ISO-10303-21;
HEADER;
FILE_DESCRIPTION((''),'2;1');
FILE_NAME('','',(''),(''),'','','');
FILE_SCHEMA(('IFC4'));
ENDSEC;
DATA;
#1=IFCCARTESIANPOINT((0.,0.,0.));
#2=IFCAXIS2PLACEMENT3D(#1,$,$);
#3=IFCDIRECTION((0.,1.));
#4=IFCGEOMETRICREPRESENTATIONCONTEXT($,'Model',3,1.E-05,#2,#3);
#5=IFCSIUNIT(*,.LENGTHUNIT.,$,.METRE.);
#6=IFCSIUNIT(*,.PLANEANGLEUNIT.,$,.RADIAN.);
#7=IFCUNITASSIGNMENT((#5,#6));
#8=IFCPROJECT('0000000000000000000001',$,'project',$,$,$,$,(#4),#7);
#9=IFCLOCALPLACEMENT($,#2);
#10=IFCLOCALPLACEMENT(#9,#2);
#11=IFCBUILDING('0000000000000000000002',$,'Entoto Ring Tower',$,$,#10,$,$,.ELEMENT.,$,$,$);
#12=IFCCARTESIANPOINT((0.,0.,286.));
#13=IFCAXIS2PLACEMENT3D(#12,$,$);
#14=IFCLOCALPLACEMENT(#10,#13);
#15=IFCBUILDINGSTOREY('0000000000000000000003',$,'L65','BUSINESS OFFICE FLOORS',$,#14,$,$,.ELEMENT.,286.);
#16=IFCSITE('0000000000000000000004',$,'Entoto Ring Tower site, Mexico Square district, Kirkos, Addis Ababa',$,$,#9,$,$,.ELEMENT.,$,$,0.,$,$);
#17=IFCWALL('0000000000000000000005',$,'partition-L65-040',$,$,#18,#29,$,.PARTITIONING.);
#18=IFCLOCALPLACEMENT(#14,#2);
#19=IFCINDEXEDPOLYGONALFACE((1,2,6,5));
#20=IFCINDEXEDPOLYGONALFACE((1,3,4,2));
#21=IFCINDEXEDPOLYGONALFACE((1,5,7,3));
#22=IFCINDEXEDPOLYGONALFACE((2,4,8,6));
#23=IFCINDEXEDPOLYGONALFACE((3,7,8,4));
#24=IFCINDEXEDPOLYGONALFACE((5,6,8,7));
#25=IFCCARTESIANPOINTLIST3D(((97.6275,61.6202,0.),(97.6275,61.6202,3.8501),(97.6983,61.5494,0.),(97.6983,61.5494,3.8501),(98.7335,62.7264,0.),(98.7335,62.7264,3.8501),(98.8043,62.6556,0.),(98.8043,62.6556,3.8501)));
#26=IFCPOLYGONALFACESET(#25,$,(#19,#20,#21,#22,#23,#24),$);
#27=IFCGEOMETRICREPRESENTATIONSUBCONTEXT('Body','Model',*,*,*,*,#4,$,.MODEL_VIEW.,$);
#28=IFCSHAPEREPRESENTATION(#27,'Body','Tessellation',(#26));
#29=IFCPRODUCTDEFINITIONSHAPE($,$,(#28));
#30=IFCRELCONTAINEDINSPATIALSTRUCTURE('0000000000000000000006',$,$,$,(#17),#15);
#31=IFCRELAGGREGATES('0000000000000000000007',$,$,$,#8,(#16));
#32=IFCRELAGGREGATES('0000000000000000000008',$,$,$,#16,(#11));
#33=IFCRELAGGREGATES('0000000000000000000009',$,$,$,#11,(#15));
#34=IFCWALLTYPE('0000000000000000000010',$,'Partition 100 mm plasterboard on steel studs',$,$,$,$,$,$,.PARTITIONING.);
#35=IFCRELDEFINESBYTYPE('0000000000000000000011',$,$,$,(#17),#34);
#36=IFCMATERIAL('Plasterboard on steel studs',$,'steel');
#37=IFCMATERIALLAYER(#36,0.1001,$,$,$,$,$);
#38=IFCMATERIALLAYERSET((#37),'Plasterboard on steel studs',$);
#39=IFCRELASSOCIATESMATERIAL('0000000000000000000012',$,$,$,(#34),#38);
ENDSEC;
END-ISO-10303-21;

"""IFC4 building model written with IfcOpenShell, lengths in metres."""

from ifc_helpers import new_model, si_unit, direction, frame, frame_2d, origin, place, context, subcontext, project, spatial, rectangle, extrude, material, layer, layer_set, type_object, element, save


model = new_model("IFC4")

# Units and contexts
model_context = context("Model", 3, precision=1e-05, world=origin(), true_north=direction((0.0, 1.0)))
body_context = subcontext(model_context, "Body", "Model", "MODEL_VIEW")
ifc_project = project(units=[si_unit("LENGTHUNIT", "METRE"), si_unit("PLANEANGLEUNIT", "RADIAN")], contexts=[model_context])

# Site, building, storey
site_placement = place(None, origin())
site = spatial("IfcSite", under=ifc_project, at=site_placement, Name="Entoto Ring Tower site, Mexico Square district, Kirkos, Addis Ababa", CompositionType="ELEMENT", RefElevation=0.0)
building_placement = place(site_placement, origin())
building = spatial("IfcBuilding", under=site, at=building_placement, Name="Entoto Ring Tower", CompositionType="ELEMENT")
storey_placement = place(building_placement, frame((0.0, 0.0, 286.0)))
storey = spatial("IfcBuildingStorey", under=building, at=storey_placement, Name="L65", Description="BUSINESS OFFICE FLOORS", CompositionType="ELEMENT", Elevation=286.0)

# Wall
ifc_material_1 = material(Name="Plasterboard on steel studs", Category="steel")
ifc_layer_1 = layer(ifc_material_1, 0.1001)
ifc_layer_set_1 = layer_set([ifc_layer_1], Name="Plasterboard on steel studs")
wall_type_1 = type_object("IfcWallType", Name="Partition 100 mm plasterboard on steel studs", PredefinedType="PARTITIONING", material=ifc_layer_set_1)
wall_1_placement = place(storey_placement, frame((97.6628, 61.5847, 0.0), z_axis=(0.0, 0.0, 1.0), x_axis=(0.707029, 0.707185, 0.0)))
element("IfcWall", 1, at=wall_1_placement, inside=storey, type_object=wall_type_1, Name="partition-L65-040", PredefinedType="PARTITIONING", context=body_context, shape_type="SweptSolid", body=[
    extrude(rectangle(XDim=1.5642, YDim=0.1001, at=frame_2d((0.7822, 0.0))), origin(), (0.0, 0.0, 1.0), 3.8501),
])

save(model, "model.ifc")
